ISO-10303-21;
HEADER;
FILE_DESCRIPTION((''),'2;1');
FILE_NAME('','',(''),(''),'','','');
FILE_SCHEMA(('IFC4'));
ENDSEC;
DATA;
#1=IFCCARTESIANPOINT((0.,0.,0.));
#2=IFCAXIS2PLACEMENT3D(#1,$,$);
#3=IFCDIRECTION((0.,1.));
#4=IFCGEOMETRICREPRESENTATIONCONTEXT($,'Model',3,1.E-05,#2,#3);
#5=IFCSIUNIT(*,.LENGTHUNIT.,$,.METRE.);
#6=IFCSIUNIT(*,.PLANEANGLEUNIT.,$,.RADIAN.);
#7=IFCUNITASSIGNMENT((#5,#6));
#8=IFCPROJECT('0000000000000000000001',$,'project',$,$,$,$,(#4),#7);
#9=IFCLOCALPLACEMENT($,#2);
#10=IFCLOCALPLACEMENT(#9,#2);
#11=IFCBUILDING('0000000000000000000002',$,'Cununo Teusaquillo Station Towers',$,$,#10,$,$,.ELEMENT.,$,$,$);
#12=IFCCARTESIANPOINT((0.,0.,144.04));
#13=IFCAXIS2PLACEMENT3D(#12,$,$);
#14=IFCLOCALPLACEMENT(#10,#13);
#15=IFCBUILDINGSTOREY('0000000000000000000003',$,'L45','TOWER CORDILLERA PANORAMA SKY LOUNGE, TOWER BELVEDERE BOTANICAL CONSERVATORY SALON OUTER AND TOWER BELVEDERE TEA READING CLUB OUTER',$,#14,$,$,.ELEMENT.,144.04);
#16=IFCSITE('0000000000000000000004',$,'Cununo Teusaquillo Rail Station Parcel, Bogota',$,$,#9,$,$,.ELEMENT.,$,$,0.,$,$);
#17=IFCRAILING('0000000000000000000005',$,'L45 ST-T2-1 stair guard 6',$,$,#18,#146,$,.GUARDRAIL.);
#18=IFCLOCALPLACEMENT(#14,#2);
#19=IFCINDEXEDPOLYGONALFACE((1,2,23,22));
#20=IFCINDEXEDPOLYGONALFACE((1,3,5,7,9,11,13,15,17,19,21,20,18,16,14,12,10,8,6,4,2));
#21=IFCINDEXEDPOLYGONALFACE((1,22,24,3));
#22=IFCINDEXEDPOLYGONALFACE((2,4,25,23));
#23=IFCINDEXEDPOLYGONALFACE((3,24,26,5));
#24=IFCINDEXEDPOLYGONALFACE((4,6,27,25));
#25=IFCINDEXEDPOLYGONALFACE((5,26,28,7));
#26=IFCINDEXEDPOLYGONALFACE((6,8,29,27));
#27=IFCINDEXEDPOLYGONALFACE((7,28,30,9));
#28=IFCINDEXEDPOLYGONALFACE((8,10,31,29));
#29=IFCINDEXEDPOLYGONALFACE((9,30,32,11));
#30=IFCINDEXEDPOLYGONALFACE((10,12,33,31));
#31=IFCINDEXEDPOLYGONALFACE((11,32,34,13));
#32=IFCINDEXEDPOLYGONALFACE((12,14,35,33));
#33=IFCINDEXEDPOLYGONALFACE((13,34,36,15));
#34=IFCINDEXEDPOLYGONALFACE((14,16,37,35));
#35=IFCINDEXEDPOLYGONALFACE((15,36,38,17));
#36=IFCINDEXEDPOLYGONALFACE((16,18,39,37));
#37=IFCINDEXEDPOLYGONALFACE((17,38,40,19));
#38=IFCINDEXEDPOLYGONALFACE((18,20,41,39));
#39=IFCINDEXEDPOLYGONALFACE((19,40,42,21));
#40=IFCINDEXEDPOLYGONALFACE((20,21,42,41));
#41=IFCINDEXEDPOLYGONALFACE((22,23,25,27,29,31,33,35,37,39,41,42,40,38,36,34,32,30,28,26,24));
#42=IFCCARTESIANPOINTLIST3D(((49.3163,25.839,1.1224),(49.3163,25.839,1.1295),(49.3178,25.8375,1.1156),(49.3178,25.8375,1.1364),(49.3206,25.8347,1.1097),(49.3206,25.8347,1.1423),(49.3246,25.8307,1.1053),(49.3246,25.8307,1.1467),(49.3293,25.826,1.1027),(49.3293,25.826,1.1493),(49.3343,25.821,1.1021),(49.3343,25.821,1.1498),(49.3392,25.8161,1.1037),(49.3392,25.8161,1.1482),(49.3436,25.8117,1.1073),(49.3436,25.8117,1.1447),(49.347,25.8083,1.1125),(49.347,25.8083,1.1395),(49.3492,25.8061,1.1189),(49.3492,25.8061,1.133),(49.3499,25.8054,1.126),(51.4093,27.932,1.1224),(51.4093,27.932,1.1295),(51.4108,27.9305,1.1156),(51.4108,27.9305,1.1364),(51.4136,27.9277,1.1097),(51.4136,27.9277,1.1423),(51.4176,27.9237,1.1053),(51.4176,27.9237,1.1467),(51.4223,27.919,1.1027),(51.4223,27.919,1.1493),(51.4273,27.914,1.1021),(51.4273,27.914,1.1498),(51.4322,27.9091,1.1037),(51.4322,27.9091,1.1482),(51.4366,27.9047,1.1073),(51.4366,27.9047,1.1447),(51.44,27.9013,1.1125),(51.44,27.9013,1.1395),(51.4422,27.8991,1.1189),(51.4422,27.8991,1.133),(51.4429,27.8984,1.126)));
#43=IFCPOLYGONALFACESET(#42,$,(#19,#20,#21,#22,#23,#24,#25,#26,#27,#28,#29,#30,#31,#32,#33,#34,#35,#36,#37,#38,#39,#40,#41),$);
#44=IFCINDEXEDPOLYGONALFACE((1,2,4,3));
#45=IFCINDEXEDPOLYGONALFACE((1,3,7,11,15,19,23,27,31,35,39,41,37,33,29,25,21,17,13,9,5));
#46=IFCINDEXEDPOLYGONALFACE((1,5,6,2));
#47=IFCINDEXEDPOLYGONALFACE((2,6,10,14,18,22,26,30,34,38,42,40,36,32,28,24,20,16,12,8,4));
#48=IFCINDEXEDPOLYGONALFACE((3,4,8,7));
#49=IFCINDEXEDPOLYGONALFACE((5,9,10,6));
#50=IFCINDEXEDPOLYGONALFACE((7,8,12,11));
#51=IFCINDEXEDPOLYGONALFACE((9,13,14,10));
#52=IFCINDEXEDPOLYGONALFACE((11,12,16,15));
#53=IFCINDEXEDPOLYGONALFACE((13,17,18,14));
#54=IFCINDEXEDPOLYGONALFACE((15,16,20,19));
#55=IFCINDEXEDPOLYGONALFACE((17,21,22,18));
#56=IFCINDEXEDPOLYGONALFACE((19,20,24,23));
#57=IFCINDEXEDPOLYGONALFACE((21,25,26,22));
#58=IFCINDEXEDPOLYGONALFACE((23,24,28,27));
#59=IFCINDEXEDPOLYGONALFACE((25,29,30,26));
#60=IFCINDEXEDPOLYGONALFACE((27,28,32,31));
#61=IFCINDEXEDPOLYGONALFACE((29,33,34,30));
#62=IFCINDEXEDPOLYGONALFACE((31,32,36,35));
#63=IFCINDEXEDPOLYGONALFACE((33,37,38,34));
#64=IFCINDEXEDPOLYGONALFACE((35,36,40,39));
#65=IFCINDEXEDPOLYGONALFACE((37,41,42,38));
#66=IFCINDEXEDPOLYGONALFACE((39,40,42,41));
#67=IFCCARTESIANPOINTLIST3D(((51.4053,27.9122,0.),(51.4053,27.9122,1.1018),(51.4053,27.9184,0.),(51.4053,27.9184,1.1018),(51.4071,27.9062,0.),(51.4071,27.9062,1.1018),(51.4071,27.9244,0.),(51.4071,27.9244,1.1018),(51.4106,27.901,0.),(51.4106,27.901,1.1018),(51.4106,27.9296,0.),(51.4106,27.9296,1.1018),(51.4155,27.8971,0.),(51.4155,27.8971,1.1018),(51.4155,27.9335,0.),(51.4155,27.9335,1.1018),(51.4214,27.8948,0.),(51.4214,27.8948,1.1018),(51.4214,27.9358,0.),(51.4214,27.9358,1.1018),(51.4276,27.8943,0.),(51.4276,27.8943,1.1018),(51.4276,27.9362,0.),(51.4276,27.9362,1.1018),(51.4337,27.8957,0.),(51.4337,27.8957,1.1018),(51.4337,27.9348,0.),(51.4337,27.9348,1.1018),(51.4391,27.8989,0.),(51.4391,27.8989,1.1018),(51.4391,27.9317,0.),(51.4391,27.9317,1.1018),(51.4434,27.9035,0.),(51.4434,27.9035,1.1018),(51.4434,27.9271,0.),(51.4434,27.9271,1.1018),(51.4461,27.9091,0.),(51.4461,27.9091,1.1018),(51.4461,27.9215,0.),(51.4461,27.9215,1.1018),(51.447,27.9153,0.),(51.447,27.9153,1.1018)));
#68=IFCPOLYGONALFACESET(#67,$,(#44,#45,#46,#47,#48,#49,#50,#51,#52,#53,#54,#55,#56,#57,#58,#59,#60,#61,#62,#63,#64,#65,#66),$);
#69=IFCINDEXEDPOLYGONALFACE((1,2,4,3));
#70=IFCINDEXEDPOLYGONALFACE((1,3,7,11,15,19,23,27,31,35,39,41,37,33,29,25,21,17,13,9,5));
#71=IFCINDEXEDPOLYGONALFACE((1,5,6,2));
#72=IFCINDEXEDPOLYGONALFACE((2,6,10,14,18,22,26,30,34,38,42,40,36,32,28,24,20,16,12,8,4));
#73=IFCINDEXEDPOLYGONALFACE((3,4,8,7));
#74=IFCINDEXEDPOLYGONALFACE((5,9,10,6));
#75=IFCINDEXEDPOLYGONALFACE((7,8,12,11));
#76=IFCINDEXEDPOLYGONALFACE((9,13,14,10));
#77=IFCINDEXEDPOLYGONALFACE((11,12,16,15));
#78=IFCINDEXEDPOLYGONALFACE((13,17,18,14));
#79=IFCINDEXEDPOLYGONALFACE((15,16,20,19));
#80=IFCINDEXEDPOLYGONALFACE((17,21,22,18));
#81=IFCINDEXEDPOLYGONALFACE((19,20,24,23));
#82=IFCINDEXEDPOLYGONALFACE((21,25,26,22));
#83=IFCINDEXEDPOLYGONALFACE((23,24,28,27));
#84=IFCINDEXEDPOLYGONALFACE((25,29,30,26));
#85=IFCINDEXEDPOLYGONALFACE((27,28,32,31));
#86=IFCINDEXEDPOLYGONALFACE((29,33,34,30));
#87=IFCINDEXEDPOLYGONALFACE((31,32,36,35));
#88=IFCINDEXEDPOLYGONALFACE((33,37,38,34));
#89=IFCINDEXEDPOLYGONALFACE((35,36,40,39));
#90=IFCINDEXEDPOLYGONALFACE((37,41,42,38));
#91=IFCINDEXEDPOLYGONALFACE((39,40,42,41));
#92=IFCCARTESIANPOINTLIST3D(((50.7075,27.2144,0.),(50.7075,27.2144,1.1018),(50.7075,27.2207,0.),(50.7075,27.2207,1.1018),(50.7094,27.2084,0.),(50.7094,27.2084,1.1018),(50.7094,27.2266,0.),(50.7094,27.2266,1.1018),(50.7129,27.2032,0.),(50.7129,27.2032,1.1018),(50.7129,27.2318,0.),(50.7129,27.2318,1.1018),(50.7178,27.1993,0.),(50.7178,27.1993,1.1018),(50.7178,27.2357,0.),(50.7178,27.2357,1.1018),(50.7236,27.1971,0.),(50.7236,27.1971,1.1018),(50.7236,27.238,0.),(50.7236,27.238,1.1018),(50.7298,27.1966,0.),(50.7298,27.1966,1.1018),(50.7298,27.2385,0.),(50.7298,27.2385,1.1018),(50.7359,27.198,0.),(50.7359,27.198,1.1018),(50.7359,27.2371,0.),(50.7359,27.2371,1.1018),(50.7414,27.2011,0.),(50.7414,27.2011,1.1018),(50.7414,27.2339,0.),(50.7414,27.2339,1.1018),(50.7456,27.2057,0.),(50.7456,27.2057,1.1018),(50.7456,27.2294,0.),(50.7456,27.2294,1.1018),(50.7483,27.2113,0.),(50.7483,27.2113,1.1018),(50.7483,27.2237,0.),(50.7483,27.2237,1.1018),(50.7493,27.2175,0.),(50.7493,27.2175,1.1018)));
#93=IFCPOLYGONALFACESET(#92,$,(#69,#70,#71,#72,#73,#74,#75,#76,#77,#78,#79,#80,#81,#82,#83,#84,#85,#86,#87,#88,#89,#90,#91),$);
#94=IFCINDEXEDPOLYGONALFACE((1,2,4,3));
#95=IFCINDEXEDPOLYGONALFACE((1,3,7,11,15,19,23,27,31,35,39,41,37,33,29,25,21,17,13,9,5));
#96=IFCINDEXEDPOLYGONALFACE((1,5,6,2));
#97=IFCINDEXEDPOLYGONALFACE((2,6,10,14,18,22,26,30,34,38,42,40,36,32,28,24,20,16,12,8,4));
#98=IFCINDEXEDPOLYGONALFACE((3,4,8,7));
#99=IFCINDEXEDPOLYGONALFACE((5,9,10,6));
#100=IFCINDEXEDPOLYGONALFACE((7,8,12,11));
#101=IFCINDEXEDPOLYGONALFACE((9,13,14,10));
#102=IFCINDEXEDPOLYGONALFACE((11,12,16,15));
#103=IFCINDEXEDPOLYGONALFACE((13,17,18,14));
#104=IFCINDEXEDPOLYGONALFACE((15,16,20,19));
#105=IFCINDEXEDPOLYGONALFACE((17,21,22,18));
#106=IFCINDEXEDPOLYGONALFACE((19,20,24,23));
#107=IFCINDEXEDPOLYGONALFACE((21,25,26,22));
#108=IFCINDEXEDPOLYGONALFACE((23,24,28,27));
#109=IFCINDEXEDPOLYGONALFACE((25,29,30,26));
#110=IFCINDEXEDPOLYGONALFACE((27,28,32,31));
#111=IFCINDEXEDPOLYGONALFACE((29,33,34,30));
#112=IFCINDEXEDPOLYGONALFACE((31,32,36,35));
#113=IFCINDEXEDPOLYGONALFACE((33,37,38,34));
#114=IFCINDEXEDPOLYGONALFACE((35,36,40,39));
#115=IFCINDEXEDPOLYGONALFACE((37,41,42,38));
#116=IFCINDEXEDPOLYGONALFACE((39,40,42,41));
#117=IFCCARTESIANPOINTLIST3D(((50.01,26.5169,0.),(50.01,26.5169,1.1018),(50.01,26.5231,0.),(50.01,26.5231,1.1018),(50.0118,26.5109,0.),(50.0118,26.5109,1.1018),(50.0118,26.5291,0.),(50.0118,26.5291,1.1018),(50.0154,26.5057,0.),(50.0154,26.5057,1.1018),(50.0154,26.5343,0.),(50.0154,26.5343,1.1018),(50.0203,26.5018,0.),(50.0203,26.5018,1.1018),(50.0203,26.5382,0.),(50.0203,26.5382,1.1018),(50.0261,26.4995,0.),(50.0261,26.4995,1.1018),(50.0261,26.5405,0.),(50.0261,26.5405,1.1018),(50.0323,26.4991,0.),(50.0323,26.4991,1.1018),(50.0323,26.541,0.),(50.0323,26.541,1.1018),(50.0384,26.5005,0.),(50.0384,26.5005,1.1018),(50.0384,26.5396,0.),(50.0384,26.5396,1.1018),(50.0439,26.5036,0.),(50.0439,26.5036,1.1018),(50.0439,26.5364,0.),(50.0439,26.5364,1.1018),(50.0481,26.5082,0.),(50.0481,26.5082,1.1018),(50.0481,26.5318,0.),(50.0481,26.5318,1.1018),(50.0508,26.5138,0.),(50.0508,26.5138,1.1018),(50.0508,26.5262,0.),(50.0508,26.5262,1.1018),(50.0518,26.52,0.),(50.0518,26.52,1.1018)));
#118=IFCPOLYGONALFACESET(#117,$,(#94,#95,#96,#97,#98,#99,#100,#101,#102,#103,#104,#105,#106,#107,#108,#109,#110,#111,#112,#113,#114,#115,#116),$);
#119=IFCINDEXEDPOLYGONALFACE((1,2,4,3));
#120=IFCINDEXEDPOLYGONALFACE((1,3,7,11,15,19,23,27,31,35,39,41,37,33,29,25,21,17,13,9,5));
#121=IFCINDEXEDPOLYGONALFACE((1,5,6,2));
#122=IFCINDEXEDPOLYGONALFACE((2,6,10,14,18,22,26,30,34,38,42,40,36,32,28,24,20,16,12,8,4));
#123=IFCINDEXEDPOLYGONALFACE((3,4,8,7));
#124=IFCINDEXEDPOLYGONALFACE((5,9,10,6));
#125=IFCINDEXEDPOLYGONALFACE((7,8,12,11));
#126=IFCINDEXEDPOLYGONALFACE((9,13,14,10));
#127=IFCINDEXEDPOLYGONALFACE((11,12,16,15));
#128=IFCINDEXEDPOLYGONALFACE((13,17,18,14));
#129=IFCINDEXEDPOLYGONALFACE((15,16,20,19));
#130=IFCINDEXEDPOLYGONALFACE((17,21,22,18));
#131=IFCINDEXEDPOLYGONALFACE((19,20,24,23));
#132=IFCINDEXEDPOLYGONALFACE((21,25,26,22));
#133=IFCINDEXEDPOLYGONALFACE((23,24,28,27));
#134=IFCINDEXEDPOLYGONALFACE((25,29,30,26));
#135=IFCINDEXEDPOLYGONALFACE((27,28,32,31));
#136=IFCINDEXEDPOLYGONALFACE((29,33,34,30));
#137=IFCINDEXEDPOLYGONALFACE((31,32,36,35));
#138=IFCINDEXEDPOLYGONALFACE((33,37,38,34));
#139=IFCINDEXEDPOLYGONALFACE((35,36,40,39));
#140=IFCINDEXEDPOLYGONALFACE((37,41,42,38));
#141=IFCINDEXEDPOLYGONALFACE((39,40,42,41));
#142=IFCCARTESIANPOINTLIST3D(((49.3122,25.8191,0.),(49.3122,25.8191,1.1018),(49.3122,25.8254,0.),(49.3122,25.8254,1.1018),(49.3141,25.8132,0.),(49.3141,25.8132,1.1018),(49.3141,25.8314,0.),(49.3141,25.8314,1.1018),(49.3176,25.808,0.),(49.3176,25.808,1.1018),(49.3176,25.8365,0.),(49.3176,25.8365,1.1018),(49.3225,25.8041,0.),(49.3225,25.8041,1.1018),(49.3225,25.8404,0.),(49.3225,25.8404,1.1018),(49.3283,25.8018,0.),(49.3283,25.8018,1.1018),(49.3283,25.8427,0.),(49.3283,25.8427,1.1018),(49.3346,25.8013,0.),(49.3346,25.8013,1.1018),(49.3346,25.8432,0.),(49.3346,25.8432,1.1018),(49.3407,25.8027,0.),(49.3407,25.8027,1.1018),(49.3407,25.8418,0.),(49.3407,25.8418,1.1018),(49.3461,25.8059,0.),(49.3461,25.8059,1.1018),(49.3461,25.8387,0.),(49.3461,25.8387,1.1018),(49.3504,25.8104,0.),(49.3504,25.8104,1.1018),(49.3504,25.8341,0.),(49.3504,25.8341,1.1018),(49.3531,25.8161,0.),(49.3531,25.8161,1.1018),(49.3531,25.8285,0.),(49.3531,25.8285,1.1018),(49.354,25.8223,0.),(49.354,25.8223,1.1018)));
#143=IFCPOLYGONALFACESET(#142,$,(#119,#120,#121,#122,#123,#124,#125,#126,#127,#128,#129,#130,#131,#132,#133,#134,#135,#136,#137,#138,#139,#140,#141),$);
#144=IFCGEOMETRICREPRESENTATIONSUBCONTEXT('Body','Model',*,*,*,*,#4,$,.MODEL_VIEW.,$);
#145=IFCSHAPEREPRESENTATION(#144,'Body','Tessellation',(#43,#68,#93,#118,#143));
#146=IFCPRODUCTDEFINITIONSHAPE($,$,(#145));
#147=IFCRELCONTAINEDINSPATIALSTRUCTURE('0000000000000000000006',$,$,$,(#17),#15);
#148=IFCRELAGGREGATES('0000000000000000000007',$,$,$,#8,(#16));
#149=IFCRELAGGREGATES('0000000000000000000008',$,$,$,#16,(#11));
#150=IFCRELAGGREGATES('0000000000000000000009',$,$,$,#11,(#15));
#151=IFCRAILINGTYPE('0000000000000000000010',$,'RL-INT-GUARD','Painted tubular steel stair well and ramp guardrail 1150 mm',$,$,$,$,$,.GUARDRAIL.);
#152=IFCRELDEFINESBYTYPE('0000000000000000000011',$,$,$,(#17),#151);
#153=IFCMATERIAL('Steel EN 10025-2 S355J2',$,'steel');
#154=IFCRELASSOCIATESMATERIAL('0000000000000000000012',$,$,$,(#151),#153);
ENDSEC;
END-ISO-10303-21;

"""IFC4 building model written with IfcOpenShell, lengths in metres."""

from ifc_helpers import new_model, si_unit, direction, frame, origin, origin_2d, place, context, subcontext, project, spatial, circle, extrude, material, type_object, element, save


model = new_model("IFC4")

# Units and contexts
model_context = context("Model", 3, precision=1e-05, world=origin(), true_north=direction((0.0, 1.0)))
body_context = subcontext(model_context, "Body", "Model", "MODEL_VIEW")
ifc_project = project(units=[si_unit("LENGTHUNIT", "METRE"), si_unit("PLANEANGLEUNIT", "RADIAN")], contexts=[model_context])

# Site, building, storey
site_placement = place(None, origin())
site = spatial("IfcSite", under=ifc_project, at=site_placement, Name="Cununo Teusaquillo Rail Station Parcel, Bogota", CompositionType="ELEMENT", RefElevation=0.0)
building_placement = place(site_placement, origin())
building = spatial("IfcBuilding", under=site, at=building_placement, Name="Cununo Teusaquillo Station Towers", CompositionType="ELEMENT")
storey_placement = place(building_placement, frame((0.0, 0.0, 144.04)))
storey = spatial("IfcBuildingStorey", under=building, at=storey_placement, Name="L45", Description="TOWER CORDILLERA PANORAMA SKY LOUNGE, TOWER BELVEDERE BOTANICAL CONSERVATORY SALON OUTER AND TOWER BELVEDERE TEA READING CLUB OUTER", CompositionType="ELEMENT", Elevation=144.04)

# Railing
ifc_material_1 = material(Name="Steel EN 10025-2 S355J2", Category="steel")
railing_type = type_object("IfcRailingType", Name="RL-INT-GUARD", Description="Painted tubular steel stair well and ramp guardrail 1150 mm", PredefinedType="GUARDRAIL", material=ifc_material_1)
railing_1_placement = place(storey_placement, frame((51.426, 27.9153, 0.0)))
element("IfcRailing", 1, at=railing_1_placement, inside=storey, type_object=railing_type, Name="L45 ST-T2-1 stair guard 6", PredefinedType="GUARDRAIL", context=body_context, shape_type="SweptSolid", body=[
    extrude(circle(Radius=0.0239, at=origin_2d()), frame((0.0, 0.0, 1.126), z_axis=(-0.707107, -0.707107, 0.0), x_axis=(0.707107, -0.707107, 0.0)), (0.0, 0.0, 1.0), 2.96),
    extrude(circle(Radius=0.021, at=origin_2d()), origin(), (0.0, 0.0, 1.0), 1.1018),
    extrude(circle(Radius=0.021, at=origin_2d()), frame((-0.6978, -0.6978, 0.0)), (0.0, 0.0, 1.0), 1.1018),
    extrude(circle(Radius=0.021, at=origin_2d()), frame((-1.3953, -1.3953, 0.0)), (0.0, 0.0, 1.0), 1.1018),
    extrude(circle(Radius=0.021, at=origin_2d()), frame((-2.093, -2.093, 0.0)), (0.0, 0.0, 1.0), 1.1018),
])

save(model, "model.ifc")
